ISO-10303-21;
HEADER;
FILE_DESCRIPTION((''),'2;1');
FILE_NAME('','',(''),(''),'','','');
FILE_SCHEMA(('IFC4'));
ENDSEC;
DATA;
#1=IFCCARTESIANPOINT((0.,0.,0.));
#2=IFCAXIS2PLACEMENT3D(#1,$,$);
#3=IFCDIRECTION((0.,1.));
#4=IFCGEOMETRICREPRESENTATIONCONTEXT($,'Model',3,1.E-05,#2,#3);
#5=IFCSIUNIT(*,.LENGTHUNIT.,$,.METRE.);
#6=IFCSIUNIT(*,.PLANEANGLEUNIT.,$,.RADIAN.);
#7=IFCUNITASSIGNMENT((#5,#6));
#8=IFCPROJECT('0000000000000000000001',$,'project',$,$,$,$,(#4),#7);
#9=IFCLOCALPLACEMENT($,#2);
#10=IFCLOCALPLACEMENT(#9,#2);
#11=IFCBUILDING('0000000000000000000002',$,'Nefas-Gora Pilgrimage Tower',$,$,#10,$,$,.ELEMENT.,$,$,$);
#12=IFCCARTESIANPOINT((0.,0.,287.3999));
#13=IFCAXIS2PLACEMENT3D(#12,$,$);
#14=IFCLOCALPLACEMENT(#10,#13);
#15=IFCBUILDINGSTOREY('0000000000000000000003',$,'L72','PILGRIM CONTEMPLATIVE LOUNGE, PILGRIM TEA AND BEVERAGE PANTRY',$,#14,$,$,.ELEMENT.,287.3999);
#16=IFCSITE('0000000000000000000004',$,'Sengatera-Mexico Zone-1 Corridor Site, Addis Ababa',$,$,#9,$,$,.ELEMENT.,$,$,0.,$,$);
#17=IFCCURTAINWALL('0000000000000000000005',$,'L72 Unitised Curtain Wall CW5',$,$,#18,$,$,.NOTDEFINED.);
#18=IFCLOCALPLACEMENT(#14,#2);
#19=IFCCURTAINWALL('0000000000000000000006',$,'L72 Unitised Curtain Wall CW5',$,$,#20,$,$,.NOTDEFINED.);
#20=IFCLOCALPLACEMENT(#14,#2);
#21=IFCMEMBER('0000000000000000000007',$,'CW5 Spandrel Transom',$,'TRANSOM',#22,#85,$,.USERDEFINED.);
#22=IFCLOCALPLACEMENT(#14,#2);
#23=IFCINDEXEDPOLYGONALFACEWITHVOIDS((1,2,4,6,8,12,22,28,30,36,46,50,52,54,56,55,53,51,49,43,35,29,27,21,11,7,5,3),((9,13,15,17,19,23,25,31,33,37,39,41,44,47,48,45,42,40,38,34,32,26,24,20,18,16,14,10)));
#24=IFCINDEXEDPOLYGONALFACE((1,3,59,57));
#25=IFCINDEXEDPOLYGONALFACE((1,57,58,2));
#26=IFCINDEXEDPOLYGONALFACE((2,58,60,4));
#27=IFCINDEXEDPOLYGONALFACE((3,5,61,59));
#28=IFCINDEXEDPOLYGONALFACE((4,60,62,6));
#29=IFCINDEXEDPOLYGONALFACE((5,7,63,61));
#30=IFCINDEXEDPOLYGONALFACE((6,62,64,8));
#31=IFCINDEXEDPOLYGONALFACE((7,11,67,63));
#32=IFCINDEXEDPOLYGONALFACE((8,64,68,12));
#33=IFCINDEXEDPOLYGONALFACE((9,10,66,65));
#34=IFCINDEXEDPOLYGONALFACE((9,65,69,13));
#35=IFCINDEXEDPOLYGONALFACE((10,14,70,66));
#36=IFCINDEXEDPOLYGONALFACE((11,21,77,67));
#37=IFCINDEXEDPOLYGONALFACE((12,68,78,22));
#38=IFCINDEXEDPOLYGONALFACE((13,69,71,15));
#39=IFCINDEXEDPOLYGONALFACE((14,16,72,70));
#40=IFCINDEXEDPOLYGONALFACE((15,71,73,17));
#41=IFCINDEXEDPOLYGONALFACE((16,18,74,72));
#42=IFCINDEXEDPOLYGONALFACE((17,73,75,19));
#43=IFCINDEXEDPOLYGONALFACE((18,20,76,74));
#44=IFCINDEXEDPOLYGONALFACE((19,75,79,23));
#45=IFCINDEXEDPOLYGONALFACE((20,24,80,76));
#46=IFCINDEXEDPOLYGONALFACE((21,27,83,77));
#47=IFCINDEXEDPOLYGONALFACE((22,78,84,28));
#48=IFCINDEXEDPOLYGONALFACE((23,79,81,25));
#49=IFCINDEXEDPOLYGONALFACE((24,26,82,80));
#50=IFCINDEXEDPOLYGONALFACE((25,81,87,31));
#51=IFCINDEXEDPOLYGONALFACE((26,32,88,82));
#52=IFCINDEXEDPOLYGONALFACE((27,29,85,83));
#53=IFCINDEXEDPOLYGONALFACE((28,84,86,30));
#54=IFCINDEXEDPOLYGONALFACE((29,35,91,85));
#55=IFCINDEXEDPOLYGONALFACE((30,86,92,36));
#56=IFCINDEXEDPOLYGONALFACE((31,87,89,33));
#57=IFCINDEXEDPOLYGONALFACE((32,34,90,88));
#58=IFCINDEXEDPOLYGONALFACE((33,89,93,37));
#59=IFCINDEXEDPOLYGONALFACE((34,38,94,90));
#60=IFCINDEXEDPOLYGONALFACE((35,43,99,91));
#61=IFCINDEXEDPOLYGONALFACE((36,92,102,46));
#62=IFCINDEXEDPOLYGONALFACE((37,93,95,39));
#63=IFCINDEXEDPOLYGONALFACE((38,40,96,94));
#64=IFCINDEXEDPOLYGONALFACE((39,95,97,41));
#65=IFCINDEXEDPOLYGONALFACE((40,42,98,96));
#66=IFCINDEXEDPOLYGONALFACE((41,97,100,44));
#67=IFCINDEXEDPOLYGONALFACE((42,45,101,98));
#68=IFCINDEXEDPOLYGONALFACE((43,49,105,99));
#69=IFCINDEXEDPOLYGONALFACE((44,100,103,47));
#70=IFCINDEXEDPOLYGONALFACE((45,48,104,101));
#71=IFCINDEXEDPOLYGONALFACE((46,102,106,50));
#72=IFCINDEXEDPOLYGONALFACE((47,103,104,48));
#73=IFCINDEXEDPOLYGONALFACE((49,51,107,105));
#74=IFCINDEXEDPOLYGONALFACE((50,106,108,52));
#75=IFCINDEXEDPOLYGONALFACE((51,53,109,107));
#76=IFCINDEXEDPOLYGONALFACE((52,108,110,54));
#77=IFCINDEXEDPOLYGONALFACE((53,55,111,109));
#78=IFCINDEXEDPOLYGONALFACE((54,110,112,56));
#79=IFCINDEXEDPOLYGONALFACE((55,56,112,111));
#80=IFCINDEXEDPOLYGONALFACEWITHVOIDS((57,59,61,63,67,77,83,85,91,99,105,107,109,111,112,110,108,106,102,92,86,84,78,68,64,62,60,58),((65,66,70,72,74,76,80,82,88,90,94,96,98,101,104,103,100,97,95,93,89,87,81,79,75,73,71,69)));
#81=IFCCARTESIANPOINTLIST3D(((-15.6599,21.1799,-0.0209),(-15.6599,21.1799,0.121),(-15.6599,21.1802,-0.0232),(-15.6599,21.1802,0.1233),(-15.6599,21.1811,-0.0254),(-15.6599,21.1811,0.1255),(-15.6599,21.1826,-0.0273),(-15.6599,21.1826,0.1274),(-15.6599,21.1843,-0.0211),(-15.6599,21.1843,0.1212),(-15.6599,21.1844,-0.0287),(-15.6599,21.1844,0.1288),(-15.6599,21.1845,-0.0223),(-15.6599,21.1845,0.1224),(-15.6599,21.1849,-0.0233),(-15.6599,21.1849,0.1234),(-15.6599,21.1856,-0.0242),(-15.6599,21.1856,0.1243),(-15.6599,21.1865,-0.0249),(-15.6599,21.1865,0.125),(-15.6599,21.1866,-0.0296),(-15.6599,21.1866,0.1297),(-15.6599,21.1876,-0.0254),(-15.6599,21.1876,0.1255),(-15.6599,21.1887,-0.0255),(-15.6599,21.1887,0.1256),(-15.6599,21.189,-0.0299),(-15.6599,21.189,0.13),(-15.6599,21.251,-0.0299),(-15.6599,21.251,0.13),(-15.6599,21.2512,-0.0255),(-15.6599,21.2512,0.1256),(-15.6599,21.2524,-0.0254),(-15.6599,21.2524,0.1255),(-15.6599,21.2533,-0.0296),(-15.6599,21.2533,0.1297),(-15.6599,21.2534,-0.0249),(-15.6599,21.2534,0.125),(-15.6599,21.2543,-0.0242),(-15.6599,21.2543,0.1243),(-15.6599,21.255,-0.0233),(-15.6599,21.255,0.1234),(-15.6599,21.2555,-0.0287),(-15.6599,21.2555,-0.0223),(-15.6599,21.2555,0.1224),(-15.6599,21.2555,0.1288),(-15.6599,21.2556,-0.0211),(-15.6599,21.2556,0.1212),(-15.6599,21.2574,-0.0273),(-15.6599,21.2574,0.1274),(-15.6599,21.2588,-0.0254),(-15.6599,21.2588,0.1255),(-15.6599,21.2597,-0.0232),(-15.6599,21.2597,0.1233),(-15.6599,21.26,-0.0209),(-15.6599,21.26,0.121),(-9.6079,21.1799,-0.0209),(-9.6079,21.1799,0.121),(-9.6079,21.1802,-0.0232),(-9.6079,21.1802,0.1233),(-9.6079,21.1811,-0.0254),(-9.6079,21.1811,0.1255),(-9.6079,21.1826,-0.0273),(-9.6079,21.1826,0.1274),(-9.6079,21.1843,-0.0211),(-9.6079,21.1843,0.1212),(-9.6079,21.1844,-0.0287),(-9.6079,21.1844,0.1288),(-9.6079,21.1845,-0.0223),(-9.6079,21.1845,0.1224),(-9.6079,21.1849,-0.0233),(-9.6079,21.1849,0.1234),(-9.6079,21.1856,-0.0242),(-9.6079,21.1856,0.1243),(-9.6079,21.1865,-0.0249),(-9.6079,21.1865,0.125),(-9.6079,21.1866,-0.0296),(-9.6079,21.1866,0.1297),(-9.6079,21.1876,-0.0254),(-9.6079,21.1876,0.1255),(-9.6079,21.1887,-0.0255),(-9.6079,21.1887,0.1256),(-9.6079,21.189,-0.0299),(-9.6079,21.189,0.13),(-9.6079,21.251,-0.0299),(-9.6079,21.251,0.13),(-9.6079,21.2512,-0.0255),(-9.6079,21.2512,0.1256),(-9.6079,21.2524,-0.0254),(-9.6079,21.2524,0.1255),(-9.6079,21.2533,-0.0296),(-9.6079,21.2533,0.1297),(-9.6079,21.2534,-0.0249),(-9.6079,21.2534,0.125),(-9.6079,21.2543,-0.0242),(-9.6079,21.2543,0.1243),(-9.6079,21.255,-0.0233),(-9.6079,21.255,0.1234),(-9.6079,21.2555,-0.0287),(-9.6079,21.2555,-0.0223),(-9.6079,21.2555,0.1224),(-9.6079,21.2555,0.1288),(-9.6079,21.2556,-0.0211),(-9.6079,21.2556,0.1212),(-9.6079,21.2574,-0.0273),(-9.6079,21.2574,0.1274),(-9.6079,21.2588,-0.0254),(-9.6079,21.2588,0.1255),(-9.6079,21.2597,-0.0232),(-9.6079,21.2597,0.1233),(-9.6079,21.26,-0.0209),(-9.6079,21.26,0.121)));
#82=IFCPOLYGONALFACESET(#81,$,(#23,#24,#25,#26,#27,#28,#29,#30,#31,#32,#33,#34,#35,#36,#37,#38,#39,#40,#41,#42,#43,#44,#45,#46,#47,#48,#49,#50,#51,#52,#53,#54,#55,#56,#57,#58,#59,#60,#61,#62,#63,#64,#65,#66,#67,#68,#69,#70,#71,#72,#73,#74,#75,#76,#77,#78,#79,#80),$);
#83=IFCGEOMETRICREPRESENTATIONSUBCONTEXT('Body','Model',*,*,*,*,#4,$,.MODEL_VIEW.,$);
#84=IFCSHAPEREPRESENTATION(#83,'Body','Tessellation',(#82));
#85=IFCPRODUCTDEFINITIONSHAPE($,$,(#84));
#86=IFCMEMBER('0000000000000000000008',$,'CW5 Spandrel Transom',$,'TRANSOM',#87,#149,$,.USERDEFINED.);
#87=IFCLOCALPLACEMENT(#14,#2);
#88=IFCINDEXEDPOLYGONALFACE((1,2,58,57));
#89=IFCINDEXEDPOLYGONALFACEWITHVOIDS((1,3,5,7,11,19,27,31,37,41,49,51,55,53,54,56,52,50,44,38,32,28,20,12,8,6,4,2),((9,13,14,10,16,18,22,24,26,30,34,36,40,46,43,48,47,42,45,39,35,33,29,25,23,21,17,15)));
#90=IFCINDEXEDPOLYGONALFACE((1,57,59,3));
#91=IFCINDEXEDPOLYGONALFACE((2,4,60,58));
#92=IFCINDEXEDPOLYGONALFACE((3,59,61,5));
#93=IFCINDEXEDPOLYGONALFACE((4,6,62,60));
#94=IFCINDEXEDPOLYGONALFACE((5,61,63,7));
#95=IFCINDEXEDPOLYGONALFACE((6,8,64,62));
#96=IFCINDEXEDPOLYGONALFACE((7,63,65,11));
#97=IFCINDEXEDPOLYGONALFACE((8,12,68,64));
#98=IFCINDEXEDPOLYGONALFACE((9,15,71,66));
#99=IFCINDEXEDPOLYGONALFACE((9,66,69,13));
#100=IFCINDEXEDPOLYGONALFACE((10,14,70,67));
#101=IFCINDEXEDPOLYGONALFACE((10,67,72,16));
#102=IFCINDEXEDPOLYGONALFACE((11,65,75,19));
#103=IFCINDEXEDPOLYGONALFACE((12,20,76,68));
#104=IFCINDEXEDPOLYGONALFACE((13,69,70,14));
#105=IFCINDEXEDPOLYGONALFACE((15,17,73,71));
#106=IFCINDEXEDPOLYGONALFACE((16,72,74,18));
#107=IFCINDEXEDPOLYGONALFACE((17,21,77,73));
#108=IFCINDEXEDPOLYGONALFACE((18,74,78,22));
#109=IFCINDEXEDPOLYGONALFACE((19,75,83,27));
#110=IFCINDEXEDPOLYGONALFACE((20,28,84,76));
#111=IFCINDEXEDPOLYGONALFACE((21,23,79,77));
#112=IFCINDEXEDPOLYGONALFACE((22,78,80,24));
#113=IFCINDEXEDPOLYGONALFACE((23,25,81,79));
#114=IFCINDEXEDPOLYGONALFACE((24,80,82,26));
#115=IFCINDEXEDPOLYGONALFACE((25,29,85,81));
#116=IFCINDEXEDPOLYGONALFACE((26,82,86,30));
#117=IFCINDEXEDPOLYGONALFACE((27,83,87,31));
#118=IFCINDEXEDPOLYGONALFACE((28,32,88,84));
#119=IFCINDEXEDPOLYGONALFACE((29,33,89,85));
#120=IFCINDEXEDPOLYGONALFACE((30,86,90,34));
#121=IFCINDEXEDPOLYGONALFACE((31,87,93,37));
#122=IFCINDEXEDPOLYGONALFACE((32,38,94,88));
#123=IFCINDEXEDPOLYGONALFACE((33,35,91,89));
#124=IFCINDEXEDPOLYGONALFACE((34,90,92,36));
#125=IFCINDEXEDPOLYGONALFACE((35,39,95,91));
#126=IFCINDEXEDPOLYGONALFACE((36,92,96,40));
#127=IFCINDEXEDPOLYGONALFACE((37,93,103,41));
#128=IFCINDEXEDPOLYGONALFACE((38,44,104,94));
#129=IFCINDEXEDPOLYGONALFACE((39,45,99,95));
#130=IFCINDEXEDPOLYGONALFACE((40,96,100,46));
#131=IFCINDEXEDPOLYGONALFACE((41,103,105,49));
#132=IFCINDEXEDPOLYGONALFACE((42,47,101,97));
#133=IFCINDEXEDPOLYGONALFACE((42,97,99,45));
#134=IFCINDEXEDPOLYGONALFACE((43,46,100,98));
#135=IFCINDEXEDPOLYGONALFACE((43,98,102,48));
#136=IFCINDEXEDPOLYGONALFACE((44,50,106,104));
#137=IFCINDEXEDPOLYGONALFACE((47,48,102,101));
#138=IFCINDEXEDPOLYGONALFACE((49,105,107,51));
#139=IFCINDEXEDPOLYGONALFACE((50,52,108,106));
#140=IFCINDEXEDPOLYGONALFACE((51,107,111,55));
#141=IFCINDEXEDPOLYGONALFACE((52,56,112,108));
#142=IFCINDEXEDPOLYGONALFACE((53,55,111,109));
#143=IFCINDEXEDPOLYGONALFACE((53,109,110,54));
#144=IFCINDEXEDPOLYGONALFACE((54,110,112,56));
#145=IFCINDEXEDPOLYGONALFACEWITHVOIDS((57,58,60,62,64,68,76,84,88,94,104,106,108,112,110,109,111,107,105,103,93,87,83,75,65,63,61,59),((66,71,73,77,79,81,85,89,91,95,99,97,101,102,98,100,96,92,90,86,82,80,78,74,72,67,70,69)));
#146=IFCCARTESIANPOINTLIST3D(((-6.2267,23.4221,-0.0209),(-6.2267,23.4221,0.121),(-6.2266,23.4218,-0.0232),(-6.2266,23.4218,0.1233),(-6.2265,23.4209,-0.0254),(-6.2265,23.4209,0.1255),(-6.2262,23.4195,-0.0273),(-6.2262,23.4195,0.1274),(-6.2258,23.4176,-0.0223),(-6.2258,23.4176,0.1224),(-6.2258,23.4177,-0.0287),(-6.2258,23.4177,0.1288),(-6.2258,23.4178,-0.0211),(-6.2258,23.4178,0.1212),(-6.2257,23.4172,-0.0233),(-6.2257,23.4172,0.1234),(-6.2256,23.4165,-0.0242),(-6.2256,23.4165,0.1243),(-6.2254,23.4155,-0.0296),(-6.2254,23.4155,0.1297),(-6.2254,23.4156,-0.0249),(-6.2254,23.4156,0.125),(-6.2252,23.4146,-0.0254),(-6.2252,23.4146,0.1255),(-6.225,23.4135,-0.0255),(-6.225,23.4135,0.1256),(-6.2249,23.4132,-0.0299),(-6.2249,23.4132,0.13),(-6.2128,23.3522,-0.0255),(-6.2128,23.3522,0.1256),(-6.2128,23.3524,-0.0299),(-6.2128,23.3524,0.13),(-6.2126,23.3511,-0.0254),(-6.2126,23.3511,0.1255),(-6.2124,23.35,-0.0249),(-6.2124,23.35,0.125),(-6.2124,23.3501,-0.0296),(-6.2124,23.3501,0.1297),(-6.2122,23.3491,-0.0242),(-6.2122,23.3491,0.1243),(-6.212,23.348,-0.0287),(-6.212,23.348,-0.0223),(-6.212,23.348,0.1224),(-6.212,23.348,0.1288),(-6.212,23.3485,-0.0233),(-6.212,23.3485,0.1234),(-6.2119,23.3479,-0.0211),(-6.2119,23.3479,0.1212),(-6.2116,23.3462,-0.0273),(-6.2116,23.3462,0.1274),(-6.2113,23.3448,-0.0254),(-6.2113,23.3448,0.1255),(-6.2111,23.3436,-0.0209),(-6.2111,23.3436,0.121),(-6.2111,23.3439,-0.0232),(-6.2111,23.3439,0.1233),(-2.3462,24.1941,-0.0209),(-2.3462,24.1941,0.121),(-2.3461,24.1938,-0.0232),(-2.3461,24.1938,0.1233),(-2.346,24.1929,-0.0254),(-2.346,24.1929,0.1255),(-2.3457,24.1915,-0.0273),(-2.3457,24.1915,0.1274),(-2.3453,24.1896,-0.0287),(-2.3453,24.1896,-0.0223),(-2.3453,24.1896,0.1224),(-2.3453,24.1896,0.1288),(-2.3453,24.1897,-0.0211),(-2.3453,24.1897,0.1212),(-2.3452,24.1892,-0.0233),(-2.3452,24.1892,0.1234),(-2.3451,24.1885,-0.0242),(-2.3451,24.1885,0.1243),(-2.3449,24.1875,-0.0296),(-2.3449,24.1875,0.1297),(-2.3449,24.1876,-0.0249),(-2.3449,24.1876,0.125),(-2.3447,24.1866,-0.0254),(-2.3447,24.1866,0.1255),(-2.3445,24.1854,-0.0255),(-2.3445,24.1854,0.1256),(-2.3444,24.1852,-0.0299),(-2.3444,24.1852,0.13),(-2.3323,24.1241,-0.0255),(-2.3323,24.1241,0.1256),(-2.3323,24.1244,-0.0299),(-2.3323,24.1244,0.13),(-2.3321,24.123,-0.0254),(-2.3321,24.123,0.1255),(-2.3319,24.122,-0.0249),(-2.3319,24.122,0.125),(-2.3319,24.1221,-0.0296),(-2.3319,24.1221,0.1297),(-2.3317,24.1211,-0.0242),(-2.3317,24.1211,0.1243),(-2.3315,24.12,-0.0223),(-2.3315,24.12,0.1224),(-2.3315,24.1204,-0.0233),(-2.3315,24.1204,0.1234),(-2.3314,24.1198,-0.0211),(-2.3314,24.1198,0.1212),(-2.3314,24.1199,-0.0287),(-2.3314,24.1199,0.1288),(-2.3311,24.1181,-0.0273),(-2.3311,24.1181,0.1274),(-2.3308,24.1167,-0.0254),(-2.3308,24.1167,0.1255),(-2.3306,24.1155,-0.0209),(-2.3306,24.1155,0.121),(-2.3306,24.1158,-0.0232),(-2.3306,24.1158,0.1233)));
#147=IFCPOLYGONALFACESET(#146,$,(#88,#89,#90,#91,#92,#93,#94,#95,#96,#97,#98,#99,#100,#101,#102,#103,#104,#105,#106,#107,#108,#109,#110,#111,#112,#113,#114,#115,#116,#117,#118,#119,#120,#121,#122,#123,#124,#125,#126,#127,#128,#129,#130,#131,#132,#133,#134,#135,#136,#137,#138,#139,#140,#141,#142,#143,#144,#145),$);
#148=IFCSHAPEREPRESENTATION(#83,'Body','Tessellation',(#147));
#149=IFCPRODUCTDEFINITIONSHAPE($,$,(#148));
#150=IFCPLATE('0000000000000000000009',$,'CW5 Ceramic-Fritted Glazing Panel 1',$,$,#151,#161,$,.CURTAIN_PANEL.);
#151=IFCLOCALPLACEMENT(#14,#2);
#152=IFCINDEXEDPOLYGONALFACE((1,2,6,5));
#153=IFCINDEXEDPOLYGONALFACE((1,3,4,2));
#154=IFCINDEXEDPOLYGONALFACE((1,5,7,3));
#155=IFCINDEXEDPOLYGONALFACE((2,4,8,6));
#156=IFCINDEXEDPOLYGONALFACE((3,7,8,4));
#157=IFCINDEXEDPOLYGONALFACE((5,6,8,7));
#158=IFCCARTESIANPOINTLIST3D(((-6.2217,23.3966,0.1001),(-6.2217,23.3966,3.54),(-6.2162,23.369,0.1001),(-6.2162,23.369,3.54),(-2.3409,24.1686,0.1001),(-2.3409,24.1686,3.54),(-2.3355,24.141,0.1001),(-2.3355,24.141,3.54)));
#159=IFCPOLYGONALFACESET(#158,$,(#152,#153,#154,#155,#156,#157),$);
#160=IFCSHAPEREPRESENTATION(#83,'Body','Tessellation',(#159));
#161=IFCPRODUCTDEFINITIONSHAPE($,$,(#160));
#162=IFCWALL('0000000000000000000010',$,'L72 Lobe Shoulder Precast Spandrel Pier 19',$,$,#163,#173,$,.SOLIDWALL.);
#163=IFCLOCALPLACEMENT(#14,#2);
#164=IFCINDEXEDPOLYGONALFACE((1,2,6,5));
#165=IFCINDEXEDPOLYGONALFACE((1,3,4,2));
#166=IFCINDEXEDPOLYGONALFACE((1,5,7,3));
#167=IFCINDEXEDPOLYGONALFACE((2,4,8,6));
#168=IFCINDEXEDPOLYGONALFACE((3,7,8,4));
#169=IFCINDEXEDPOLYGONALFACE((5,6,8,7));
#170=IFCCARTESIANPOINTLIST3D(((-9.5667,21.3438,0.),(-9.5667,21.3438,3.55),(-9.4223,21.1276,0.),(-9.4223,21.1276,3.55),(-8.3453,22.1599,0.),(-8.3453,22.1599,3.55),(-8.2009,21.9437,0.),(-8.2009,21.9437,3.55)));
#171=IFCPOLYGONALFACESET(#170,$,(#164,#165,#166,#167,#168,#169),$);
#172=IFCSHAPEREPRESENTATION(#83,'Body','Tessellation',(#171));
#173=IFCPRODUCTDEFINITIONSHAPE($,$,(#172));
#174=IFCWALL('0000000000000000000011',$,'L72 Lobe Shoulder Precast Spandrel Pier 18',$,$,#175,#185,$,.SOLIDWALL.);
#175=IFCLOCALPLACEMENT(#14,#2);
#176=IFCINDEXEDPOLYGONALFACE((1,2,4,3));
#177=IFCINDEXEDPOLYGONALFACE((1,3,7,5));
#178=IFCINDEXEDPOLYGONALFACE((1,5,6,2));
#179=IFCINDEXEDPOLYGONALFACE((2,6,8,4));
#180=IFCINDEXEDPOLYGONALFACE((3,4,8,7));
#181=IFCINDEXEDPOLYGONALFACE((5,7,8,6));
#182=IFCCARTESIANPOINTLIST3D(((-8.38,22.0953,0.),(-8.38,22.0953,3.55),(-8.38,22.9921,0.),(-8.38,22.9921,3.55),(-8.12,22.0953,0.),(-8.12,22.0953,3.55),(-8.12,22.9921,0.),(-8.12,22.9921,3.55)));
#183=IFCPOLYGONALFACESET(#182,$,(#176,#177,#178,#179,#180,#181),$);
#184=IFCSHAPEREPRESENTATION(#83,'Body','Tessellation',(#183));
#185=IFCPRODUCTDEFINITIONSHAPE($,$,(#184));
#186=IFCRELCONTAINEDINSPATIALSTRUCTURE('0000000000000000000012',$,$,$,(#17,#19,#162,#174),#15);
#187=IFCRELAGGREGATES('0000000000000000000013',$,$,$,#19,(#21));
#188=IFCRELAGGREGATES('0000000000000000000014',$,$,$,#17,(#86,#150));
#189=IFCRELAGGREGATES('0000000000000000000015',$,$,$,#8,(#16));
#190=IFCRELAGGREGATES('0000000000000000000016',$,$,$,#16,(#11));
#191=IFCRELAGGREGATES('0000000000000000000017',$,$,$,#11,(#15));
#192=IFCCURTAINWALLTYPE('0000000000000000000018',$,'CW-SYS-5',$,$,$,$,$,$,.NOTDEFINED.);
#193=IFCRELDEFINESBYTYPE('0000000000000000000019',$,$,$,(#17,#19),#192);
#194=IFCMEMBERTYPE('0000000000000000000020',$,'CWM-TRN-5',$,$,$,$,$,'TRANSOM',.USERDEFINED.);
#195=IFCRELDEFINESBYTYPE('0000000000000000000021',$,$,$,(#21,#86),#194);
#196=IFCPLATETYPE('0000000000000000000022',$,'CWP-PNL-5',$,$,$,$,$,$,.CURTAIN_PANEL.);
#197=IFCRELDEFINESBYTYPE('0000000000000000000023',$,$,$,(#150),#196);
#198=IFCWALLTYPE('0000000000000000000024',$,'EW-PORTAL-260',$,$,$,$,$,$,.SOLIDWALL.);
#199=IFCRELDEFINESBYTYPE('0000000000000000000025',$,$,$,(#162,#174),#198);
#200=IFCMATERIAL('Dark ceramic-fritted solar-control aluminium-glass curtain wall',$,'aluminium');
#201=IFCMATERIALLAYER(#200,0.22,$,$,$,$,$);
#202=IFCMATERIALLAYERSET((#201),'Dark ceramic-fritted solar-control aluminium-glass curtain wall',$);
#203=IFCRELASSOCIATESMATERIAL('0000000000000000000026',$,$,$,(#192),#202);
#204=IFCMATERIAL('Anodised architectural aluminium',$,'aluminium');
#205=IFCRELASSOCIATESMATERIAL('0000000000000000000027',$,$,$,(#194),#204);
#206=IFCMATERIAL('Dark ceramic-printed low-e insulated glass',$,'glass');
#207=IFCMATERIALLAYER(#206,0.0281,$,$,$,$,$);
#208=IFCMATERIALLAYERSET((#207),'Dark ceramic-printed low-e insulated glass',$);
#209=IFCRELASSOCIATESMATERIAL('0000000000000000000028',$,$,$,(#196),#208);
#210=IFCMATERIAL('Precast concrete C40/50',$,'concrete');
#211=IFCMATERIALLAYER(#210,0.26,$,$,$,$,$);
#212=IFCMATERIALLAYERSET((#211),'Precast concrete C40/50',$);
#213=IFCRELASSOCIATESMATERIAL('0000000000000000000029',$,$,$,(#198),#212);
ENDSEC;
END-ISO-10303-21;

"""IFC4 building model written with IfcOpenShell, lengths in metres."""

from ifc_helpers import new_model, si_unit, direction, frame, frame_2d, origin, origin_2d, place, context, subcontext, project, spatial, rectangle, hollow_rectangle, extrude, source, transform, mapped, material, layer, layer_set, material_profile, profile_set, type_object, element, aggregate, save


model = new_model("IFC4")

# Units and contexts
model_context = context("Model", 3, precision=1e-05, world=origin(), true_north=direction((0.0, 1.0)))
body_context = subcontext(model_context, "Body", "Model", "MODEL_VIEW")
ifc_project = project(units=[si_unit("LENGTHUNIT", "METRE"), si_unit("PLANEANGLEUNIT", "RADIAN")], contexts=[model_context])

# Site, building, storey
site_placement = place(None, origin())
site = spatial("IfcSite", under=ifc_project, at=site_placement, Name="Sengatera-Mexico Zone-1 Corridor Site, Addis Ababa", CompositionType="ELEMENT", RefElevation=0.0)
building_placement = place(site_placement, origin())
building = spatial("IfcBuilding", under=site, at=building_placement, Name="Nefas-Gora Pilgrimage Tower", CompositionType="ELEMENT")
storey_placement = place(building_placement, frame((0.0, 0.0, 287.3999)))
storey = spatial("IfcBuildingStorey", under=building, at=storey_placement, Name="L72", Description="PILGRIM CONTEMPLATIVE LOUNGE, PILGRIM TEA AND BEVERAGE PANTRY", CompositionType="ELEMENT", Elevation=287.3999)

# Curtain wall
ifc_material_1 = material(Name="Dark ceramic-fritted solar-control aluminium-glass curtain wall", Category="aluminium")
ifc_layer_1 = layer(ifc_material_1, 0.22)
ifc_layer_set_1 = layer_set([ifc_layer_1], Name="Dark ceramic-fritted solar-control aluminium-glass curtain wall")
curtain_wall_type = type_object("IfcCurtainWallType", Name="CW-SYS-5", PredefinedType="NOTDEFINED", material=ifc_layer_set_1)
curtain_wall_1_placement = place(storey_placement, origin())
curtain_wall_1 = element("IfcCurtainWall", 1, at=curtain_wall_1_placement, inside=storey, type_object=curtain_wall_type, Name="L72 Unitised Curtain Wall CW5", PredefinedType="NOTDEFINED")
ifc_material_2 = material(Name="Anodised architectural aluminium", Category="aluminium")

# Curtain wall, member
curtain_wall_2_placement = place(storey_placement, origin())
curtain_wall_2 = element("IfcCurtainWall", 2, at=curtain_wall_2_placement, inside=storey, type_object=curtain_wall_type, Name="L72 Unitised Curtain Wall CW5", PredefinedType="NOTDEFINED")
ifc_material_profile_1 = material_profile(ifc_material_2, hollow_rectangle(XDim=0.0801, YDim=0.1599, WallThickness=0.0044, InnerFilletRadius=0.0044, OuterFilletRadius=0.009, at=origin_2d()), Name="ALU TRANSOM 80x160")
ifc_profile_set_1 = profile_set([ifc_material_profile_1], Name="Anodised architectural aluminium")
member_type_1 = type_object("IfcMemberType", Name="CWM-TRN-5", ElementType="TRANSOM", PredefinedType="USERDEFINED", material=ifc_profile_set_1)
shared_shape_1 = source(origin(), body_context, "Body", "SweptSolid", [
    extrude(hollow_rectangle(XDim=0.0801, YDim=0.1599, WallThickness=0.0044, InnerFilletRadius=0.0044, OuterFilletRadius=0.009, at=origin_2d()), origin(), (0.0, 0.0, 1.0), 6.052),
])
member_1_placement = place(storey_placement, frame((-9.6079, 21.22, 0.05), z_axis=(-1.0, 0.0, 0.0), x_axis=(0.0, -1.0, 0.0)))
member_1 = element("IfcMember", 3, at=member_1_placement, type_object=member_type_1, Name="CW5 Spandrel Transom", ObjectType="TRANSOM", PredefinedType="USERDEFINED", context=body_context, shape_type="MappedRepresentation", body=[
    mapped(shared_shape_1, transform((0.0, 0.0, 0.0), x_axis=(1.0, 0.0, 0.0), y_axis=(0.0, 1.0, 0.0), z_axis=(0.0, 0.0, 1.0), scale=1.0)),
])
aggregate(curtain_wall_2, [member_1])

# Member
shared_shape_2 = source(origin(), body_context, "Body", "SweptSolid", [
    extrude(hollow_rectangle(XDim=0.0801, YDim=0.1599, WallThickness=0.0044, InnerFilletRadius=0.0044, OuterFilletRadius=0.009, at=origin_2d()), origin(), (0.0, 0.0, 1.0), 3.9565),
])
member_2_placement = place(storey_placement, frame((-2.3384, 24.1548, 0.05), z_axis=(-0.980782, -0.195107, 0.0), x_axis=(0.195107, -0.980782, 0.0)))
member_2 = element("IfcMember", 4, at=member_2_placement, type_object=member_type_1, Name="CW5 Spandrel Transom", ObjectType="TRANSOM", PredefinedType="USERDEFINED", context=body_context, shape_type="MappedRepresentation", body=[
    mapped(shared_shape_2, transform((0.0, 0.0, 0.0), x_axis=(1.0, 0.0, 0.0), y_axis=(0.0, 1.0, 0.0), z_axis=(0.0, 0.0, 1.0), scale=1.0)),
])

# Plate
ifc_material_3 = material(Name="Dark ceramic-printed low-e insulated glass", Category="glass")
ifc_layer_2 = layer(ifc_material_3, 0.0281)
ifc_layer_set_2 = layer_set([ifc_layer_2], Name="Dark ceramic-printed low-e insulated glass")
plate_type = type_object("IfcPlateType", Name="CWP-PNL-5", PredefinedType="CURTAIN_PANEL", material=ifc_layer_set_2)
shared_shape_3 = source(origin(), body_context, "Body", "SweptSolid", [
    extrude(rectangle(XDim=3.9568, YDim=0.0281, at=origin_2d()), origin(), (0.0, 0.0, 1.0), 3.4399),
])
plate_placement = place(storey_placement, frame((-4.2786, 23.7688, 0.1001), z_axis=(0.0, 0.0, 1.0), x_axis=(-0.980783, -0.195102, 0.0)))
plate = element("IfcPlate", 5, at=plate_placement, type_object=plate_type, Name="CW5 Ceramic-Fritted Glazing Panel 1", PredefinedType="CURTAIN_PANEL", context=body_context, shape_type="MappedRepresentation", body=[
    mapped(shared_shape_3, transform((0.0, 0.0, 0.0), x_axis=(1.0, 0.0, 0.0), y_axis=(0.0, 1.0, 0.0), z_axis=(0.0, 0.0, 1.0), scale=1.0)),
])
aggregate(curtain_wall_1, [member_2, plate])

# Walls
ifc_material_4 = material(Name="Precast concrete C40/50", Category="concrete")
ifc_layer_3 = layer(ifc_material_4, 0.26)
ifc_layer_set_3 = layer_set([ifc_layer_3], Name="Precast concrete C40/50")
wall_type_1 = type_object("IfcWallType", Name="EW-PORTAL-260", PredefinedType="SOLIDWALL", material=ifc_layer_set_3)
shared_shape_4 = source(origin(), body_context, "Body", "SweptSolid", [
    extrude(rectangle(XDim=1.469, YDim=0.26, at=frame_2d((0.7344, 0.0))), origin(), (0.0, 0.0, 1.0), 3.55),
])
wall_1_placement = place(storey_placement, frame((-8.2732, 22.0518, 0.0), z_axis=(0.0, 0.0, 1.0), x_axis=(-0.831462, -0.555582, 0.0)))
element("IfcWall", 6, at=wall_1_placement, inside=storey, type_object=wall_type_1, Name="L72 Lobe Shoulder Precast Spandrel Pier 19", PredefinedType="SOLIDWALL", context=body_context, shape_type="MappedRepresentation", body=[
    mapped(shared_shape_4, transform((0.0, 0.0, 0.0), x_axis=(1.0, 0.0, 0.0), y_axis=(0.0, 1.0, 0.0), z_axis=(0.0, 0.0, 1.0), scale=1.0)),
])
shared_shape_5 = source(origin(), body_context, "Body", "SweptSolid", [
    extrude(rectangle(XDim=0.8967, YDim=0.26, at=frame_2d((0.4482, 0.0))), origin(), (0.0, 0.0, 1.0), 3.55),
])
wall_2_placement = place(storey_placement, frame((-8.25, 22.9919, 0.0), z_axis=(0.0, 0.0, 1.0), x_axis=(0.0, -1.0, 0.0)))
element("IfcWall", 7, at=wall_2_placement, inside=storey, type_object=wall_type_1, Name="L72 Lobe Shoulder Precast Spandrel Pier 18", PredefinedType="SOLIDWALL", context=body_context, shape_type="MappedRepresentation", body=[
    mapped(shared_shape_5, transform((0.0, 0.0, 0.0), x_axis=(1.0, 0.0, 0.0), y_axis=(0.0, 1.0, 0.0), z_axis=(0.0, 0.0, 1.0), scale=1.0)),
])

save(model, "model.ifc")
